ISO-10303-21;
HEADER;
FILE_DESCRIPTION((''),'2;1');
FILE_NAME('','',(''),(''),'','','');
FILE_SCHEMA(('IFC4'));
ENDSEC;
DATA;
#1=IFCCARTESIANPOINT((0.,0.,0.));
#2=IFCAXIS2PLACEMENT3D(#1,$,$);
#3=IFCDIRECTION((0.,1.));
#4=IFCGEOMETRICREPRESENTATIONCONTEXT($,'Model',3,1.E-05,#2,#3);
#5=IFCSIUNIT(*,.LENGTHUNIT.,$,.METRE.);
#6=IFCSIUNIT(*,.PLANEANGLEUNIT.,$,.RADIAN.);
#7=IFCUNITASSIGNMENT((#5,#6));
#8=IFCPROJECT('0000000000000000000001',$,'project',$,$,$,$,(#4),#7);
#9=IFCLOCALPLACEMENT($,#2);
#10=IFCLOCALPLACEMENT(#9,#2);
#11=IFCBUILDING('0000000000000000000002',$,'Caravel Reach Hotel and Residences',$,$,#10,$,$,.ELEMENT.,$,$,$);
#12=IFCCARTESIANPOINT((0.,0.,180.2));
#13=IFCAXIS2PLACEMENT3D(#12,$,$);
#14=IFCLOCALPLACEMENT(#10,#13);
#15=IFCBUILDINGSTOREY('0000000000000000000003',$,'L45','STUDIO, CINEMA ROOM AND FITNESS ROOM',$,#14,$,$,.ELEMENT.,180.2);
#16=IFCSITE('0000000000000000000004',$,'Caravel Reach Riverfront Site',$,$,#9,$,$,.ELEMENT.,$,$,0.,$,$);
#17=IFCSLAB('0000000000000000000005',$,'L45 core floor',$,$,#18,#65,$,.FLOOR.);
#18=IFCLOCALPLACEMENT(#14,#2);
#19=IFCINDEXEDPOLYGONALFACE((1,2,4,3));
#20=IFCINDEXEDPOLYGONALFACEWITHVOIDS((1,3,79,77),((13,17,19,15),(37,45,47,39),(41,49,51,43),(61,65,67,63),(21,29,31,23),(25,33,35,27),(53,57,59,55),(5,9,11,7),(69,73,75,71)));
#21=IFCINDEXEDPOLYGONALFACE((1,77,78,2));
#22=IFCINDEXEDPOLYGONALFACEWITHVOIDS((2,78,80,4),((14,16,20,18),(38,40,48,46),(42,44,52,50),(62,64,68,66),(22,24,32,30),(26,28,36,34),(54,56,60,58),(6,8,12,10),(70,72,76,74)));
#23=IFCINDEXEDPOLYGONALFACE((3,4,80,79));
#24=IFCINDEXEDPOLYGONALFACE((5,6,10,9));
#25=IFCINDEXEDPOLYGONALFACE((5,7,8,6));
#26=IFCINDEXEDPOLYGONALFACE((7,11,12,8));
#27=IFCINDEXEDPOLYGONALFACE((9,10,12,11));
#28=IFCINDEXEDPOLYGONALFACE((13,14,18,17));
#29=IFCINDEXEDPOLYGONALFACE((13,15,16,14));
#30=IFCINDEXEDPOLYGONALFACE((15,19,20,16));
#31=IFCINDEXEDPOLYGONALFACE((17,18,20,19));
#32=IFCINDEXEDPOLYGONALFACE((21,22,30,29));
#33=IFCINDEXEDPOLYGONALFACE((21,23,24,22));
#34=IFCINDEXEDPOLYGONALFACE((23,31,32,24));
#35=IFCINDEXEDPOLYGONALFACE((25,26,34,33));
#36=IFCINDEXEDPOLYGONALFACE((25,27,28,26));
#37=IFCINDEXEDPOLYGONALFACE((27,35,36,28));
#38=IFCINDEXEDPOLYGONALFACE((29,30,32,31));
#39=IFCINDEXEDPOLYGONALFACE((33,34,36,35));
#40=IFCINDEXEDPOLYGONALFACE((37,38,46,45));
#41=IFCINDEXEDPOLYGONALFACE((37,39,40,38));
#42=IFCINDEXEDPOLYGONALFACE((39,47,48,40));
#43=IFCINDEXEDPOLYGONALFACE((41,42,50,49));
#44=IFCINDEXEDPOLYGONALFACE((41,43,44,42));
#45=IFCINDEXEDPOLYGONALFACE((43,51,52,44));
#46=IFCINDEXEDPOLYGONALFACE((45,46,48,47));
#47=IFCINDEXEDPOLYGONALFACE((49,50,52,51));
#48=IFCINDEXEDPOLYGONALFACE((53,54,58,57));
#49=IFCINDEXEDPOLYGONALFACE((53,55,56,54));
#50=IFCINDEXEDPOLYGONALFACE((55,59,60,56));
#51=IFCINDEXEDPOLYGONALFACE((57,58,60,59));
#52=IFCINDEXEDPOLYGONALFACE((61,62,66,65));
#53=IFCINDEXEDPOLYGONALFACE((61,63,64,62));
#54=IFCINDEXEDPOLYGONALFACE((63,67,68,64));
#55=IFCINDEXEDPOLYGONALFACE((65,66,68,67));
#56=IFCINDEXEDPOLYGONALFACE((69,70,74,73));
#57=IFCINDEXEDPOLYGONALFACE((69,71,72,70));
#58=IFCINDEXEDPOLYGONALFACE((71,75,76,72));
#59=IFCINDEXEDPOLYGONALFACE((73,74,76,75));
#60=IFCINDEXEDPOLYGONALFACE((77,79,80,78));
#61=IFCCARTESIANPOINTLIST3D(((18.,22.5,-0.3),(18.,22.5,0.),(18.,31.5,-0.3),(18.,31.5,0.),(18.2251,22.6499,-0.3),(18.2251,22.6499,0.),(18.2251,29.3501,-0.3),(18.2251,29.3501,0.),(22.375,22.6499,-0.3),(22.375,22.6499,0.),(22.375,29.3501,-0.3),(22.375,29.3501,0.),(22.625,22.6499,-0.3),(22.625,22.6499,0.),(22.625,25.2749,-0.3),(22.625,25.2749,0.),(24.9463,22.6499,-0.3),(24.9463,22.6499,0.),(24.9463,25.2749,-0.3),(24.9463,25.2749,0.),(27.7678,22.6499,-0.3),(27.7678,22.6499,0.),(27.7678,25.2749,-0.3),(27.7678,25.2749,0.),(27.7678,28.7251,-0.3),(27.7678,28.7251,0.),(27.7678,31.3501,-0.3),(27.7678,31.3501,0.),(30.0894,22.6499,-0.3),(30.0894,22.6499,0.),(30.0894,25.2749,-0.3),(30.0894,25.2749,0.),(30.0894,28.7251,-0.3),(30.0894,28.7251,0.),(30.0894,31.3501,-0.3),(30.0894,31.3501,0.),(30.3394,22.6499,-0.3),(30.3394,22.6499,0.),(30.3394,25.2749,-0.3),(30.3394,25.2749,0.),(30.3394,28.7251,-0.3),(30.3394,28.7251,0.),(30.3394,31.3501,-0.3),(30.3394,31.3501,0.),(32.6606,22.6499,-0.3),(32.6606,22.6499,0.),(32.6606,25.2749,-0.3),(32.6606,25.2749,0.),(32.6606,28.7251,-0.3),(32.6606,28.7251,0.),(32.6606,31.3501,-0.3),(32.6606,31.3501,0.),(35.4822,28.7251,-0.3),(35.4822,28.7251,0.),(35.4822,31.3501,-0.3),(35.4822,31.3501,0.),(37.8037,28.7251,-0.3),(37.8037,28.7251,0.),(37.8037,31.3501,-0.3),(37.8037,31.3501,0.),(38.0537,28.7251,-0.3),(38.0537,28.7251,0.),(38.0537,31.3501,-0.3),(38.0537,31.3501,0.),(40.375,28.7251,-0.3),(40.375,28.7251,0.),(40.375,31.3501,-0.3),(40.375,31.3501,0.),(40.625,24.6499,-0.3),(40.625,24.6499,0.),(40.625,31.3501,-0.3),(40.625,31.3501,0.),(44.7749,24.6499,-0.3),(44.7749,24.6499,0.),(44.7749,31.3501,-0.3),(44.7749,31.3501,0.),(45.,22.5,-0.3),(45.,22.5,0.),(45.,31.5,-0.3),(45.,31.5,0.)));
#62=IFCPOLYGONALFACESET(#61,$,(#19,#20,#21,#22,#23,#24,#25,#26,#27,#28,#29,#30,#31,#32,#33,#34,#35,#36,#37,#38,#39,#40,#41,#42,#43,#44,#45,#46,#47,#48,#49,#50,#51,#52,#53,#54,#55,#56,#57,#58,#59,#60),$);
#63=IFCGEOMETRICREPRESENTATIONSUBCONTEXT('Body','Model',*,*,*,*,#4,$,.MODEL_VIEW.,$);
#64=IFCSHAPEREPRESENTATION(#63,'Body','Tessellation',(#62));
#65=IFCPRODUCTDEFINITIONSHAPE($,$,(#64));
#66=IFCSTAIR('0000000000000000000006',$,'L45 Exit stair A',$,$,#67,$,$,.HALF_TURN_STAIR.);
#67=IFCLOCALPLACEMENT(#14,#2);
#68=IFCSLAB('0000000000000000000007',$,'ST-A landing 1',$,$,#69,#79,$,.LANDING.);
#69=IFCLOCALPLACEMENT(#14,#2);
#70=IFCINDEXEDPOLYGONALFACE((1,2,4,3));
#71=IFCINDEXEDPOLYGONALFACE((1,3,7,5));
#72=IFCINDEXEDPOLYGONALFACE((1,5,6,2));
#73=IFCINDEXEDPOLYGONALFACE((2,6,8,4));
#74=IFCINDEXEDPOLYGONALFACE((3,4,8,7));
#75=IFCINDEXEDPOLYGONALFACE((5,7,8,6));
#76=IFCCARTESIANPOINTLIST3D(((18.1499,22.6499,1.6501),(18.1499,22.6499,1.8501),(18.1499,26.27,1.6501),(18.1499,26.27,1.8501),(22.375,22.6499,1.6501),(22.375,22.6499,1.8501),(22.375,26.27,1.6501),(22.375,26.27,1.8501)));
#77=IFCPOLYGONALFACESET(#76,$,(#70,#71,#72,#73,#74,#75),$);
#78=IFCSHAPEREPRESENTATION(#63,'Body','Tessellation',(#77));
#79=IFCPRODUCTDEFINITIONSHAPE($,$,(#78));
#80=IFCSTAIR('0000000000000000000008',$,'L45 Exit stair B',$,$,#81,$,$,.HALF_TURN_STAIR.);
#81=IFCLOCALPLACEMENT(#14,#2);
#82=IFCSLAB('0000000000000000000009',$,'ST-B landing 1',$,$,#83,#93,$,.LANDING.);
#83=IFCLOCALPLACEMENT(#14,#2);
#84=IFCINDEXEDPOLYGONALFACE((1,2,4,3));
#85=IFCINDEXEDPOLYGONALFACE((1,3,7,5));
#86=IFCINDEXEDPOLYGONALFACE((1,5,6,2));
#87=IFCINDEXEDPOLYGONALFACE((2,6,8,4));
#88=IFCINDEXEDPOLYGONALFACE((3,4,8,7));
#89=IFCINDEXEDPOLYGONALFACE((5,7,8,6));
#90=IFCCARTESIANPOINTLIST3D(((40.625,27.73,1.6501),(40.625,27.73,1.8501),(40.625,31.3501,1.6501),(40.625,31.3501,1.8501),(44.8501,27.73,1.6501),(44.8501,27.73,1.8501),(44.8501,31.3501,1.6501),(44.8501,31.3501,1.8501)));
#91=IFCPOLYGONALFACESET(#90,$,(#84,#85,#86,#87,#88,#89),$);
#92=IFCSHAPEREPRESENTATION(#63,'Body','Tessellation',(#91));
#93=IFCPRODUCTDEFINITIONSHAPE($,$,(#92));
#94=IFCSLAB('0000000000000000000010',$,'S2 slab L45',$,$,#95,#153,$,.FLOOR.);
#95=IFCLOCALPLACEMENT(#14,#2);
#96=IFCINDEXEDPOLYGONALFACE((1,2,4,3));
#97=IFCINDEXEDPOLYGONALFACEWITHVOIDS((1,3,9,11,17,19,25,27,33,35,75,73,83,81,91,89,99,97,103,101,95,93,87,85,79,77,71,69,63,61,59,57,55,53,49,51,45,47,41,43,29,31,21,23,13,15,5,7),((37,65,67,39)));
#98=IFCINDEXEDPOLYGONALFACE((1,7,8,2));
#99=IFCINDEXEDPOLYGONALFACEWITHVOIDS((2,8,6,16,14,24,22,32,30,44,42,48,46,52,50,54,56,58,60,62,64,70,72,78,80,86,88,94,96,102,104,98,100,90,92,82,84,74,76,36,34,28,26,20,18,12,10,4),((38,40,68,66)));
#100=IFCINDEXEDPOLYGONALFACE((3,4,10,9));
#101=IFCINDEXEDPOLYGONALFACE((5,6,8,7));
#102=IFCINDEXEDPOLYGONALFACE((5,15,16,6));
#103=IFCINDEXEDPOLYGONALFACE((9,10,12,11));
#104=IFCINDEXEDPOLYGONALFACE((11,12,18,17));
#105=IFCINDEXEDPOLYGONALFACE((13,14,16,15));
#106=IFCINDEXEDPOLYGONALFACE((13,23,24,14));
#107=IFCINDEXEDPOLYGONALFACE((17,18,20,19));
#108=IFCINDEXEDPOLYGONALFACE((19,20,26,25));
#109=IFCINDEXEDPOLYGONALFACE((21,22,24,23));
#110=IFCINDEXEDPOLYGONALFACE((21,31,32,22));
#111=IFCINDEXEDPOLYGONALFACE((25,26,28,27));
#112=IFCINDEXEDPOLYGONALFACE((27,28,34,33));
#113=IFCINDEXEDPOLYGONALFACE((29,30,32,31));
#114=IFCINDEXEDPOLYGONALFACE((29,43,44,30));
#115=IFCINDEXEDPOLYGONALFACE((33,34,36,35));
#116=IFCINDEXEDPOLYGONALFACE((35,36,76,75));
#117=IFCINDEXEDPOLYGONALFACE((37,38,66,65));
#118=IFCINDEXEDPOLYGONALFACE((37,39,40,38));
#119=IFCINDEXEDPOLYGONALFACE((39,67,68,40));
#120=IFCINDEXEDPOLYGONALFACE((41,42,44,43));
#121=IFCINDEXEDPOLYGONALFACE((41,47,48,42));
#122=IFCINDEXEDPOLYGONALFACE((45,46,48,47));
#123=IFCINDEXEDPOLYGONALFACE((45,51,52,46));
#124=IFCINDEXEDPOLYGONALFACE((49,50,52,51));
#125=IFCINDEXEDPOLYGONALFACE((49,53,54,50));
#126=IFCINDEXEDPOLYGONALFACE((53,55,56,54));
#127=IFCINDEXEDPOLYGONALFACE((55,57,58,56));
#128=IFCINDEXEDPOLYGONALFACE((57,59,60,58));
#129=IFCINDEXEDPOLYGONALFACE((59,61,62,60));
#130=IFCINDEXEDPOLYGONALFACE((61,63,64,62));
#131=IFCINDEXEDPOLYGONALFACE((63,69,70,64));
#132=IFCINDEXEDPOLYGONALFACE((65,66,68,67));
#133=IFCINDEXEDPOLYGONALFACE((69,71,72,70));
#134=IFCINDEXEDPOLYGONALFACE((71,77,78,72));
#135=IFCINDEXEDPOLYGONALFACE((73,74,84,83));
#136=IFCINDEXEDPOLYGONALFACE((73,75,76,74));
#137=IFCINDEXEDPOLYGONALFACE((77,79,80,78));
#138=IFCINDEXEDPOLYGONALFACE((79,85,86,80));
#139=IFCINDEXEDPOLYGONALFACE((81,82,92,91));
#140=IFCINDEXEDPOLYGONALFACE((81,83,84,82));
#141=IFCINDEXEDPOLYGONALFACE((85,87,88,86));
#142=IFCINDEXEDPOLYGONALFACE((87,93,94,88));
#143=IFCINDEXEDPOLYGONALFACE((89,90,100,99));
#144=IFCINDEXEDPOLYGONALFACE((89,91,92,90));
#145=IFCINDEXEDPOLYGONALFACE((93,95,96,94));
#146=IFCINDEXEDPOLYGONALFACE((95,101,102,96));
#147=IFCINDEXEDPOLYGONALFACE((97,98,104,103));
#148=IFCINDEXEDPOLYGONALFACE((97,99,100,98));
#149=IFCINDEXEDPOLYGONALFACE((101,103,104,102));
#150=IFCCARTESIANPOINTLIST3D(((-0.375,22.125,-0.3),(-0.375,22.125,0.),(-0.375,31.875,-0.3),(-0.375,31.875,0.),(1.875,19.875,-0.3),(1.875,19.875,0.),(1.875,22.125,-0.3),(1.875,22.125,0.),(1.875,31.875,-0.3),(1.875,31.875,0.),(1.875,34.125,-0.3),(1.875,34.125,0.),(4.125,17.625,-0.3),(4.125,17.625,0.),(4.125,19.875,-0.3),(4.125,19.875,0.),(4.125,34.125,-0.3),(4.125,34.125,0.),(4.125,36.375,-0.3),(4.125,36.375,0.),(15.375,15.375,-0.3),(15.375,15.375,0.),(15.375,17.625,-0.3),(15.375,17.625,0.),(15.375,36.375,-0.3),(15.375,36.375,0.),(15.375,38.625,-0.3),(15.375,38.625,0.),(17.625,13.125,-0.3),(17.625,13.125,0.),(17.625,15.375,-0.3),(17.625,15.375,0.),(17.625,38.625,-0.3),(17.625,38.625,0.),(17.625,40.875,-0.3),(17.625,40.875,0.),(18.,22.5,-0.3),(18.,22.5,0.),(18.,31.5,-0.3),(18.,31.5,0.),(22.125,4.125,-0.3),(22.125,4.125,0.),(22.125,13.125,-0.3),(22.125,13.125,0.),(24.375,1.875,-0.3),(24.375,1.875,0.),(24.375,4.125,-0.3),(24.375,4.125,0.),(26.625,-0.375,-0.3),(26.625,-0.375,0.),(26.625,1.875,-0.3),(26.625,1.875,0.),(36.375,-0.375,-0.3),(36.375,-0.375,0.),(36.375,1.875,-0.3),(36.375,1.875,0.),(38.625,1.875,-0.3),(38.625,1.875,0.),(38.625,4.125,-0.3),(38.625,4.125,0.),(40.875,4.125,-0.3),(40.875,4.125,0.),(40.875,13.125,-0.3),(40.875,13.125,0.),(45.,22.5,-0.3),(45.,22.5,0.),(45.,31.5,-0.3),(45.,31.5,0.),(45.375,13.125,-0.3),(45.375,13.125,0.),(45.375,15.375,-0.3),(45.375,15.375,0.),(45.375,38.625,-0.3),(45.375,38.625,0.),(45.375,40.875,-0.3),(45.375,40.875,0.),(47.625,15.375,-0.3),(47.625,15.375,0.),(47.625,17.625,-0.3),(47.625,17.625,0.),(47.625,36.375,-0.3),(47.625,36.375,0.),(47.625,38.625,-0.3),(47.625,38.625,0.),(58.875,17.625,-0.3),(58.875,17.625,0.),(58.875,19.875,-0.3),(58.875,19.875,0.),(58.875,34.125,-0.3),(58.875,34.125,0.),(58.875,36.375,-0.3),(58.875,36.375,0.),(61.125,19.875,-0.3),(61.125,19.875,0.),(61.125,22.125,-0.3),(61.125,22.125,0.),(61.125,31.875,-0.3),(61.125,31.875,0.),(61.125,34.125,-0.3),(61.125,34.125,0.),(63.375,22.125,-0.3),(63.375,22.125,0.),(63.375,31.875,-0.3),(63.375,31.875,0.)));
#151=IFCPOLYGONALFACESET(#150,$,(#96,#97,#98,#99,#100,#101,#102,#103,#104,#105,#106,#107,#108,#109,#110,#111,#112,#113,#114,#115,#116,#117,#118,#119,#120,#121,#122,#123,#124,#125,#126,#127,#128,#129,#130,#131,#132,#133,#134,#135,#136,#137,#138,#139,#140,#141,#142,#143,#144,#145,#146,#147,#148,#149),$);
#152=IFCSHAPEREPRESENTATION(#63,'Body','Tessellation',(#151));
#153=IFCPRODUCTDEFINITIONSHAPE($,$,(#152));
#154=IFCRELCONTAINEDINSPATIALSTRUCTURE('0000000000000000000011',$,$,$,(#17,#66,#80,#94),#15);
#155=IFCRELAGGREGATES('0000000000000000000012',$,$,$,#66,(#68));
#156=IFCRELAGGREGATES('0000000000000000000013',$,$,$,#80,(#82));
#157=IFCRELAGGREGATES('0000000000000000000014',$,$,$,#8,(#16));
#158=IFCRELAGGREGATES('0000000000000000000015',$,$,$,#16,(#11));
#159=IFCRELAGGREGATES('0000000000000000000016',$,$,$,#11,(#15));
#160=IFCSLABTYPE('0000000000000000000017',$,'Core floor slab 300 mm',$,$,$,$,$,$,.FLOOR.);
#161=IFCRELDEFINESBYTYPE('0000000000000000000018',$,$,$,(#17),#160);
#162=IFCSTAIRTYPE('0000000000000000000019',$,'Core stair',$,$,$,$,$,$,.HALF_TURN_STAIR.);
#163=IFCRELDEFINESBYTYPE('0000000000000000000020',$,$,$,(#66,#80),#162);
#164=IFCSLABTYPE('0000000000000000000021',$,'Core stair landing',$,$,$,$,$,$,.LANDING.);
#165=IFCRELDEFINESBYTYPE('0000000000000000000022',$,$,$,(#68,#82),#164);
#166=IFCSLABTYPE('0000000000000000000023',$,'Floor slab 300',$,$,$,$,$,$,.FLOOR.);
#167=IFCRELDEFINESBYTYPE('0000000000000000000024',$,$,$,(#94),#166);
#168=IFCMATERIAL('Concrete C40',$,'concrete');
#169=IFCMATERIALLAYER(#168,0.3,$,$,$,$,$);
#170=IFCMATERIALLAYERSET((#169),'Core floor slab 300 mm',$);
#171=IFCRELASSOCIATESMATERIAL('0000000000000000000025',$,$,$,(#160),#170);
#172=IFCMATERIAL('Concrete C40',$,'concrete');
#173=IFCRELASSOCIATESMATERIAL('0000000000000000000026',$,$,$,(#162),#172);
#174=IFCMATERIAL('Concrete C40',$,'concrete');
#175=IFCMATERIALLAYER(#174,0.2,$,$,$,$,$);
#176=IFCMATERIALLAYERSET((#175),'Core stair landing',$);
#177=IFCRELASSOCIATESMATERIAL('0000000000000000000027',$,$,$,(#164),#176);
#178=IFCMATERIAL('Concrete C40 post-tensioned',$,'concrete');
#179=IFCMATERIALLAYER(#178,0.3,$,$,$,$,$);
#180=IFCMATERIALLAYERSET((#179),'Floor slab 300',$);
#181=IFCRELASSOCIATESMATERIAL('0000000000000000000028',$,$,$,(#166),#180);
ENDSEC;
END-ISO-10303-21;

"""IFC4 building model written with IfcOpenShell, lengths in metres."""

from ifc_helpers import new_model, si_unit, direction, frame, origin, place, context, subcontext, project, spatial, polyline, outline, extrude, material, layer, layer_set, type_object, element, aggregate, save


model = new_model("IFC4")

# Units and contexts
model_context = context("Model", 3, precision=1e-05, world=origin(), true_north=direction((0.0, 1.0)))
body_context = subcontext(model_context, "Body", "Model", "MODEL_VIEW")
ifc_project = project(units=[si_unit("LENGTHUNIT", "METRE"), si_unit("PLANEANGLEUNIT", "RADIAN")], contexts=[model_context])

# Site, building, storey
site_placement = place(None, origin())
site = spatial("IfcSite", under=ifc_project, at=site_placement, Name="Caravel Reach Riverfront Site", CompositionType="ELEMENT", RefElevation=0.0)
building_placement = place(site_placement, origin())
building = spatial("IfcBuilding", under=site, at=building_placement, Name="Caravel Reach Hotel and Residences", CompositionType="ELEMENT")
storey_placement = place(building_placement, frame((0.0, 0.0, 180.2)))
storey = spatial("IfcBuildingStorey", under=building, at=storey_placement, Name="L45", Description="STUDIO, CINEMA ROOM AND FITNESS ROOM", CompositionType="ELEMENT", Elevation=180.2)

# Slab
ifc_material_1 = material(Name="Concrete C40", Category="concrete")
ifc_layer_1 = layer(ifc_material_1, 0.3)
ifc_layer_set_1 = layer_set([ifc_layer_1], Name="Core floor slab 300 mm")
slab_type_1 = type_object("IfcSlabType", Name="Core floor slab 300 mm", PredefinedType="FLOOR", material=ifc_layer_set_1)
slab_1_placement = place(storey_placement, frame((0.0, 0.0, -0.3)))
element("IfcSlab", 1, at=slab_1_placement, inside=storey, type_object=slab_type_1, Name="L45 core floor", PredefinedType="FLOOR", context=body_context, shape_type="SweptSolid", body=[
    extrude(outline(polyline([(18.0, 31.5), (45.0, 31.5), (45.0, 22.5), (18.0, 22.5), (18.0, 31.5)]), holes=[polyline([(22.625, 25.2749), (22.625, 22.6499), (24.9463, 22.6499), (24.9463, 25.2749), (22.625, 25.2749)]), polyline([(27.7678, 25.2749), (27.7678, 22.6499), (30.0894, 22.6499), (30.0894, 25.2749), (27.7678, 25.2749)]), polyline([(30.3394, 25.2749), (30.3394, 22.6499), (32.6606, 22.6499), (32.6606, 25.2749), (30.3394, 25.2749)]), polyline([(22.375, 22.6499), (22.375, 29.3501), (18.2251, 29.3501), (18.2251, 22.6499), (22.375, 22.6499)]), polyline([(40.625, 31.3501), (40.625, 24.6499), (44.7749, 24.6499), (44.7749, 31.3501), (40.625, 31.3501)]), polyline([(27.7678, 31.3501), (27.7678, 28.7251), (30.0894, 28.7251), (30.0894, 31.3501), (27.7678, 31.3501)]), polyline([(30.3394, 31.3501), (30.3394, 28.7251), (32.6606, 28.7251), (32.6606, 31.3501), (30.3394, 31.3501)]), polyline([(37.8037, 31.3501), (35.4822, 31.3501), (35.4822, 28.7251), (37.8037, 28.7251), (37.8037, 31.3501)]), polyline([(40.375, 31.3501), (38.0537, 31.3501), (38.0537, 28.7251), (40.375, 28.7251), (40.375, 31.3501)])]), origin(), (0.0, 0.0, 1.0), 0.3),
])

# Stairs, slabs
ifc_material_2 = material(Name="Concrete C40", Category="concrete")
stair_type = type_object("IfcStairType", Name="Core stair", PredefinedType="HALF_TURN_STAIR", material=ifc_material_2)
stair_1_placement = place(storey_placement, origin())
stair_1 = element("IfcStair", 2, at=stair_1_placement, inside=storey, type_object=stair_type, Name="L45 Exit stair A", PredefinedType="HALF_TURN_STAIR")
ifc_material_3 = material(Name="Concrete C40", Category="concrete")
ifc_layer_2 = layer(ifc_material_3, 0.2)
ifc_layer_set_2 = layer_set([ifc_layer_2], Name="Core stair landing")
slab_type_2 = type_object("IfcSlabType", Name="Core stair landing", PredefinedType="LANDING", material=ifc_layer_set_2)
slab_2_placement = place(storey_placement, frame((0.0, 0.0, 1.6501)))
slab_2 = element("IfcSlab", 3, at=slab_2_placement, type_object=slab_type_2, Name="ST-A landing 1", PredefinedType="LANDING", context=body_context, shape_type="SweptSolid", body=[
    extrude(outline(polyline([(18.1499, 26.27), (18.1499, 22.6499), (22.375, 22.6499), (22.375, 26.27), (18.1499, 26.27)])), origin(), (0.0, 0.0, 1.0), 0.2),
])
aggregate(stair_1, [slab_2])
stair_2_placement = place(storey_placement, origin())
stair_2 = element("IfcStair", 4, at=stair_2_placement, inside=storey, type_object=stair_type, Name="L45 Exit stair B", PredefinedType="HALF_TURN_STAIR")
slab_3_placement = place(storey_placement, frame((0.0, 0.0, 1.6501)))
slab_3 = element("IfcSlab", 5, at=slab_3_placement, type_object=slab_type_2, Name="ST-B landing 1", PredefinedType="LANDING", context=body_context, shape_type="SweptSolid", body=[
    extrude(outline(polyline([(44.8501, 27.73), (44.8501, 31.3501), (40.625, 31.3501), (40.625, 27.73), (44.8501, 27.73)])), origin(), (0.0, 0.0, 1.0), 0.2),
])
aggregate(stair_2, [slab_3])

# Slab
ifc_material_4 = material(Name="Concrete C40 post-tensioned", Category="concrete")
ifc_layer_3 = layer(ifc_material_4, 0.3)
ifc_layer_set_3 = layer_set([ifc_layer_3], Name="Floor slab 300")
slab_type_3 = type_object("IfcSlabType", Name="Floor slab 300", PredefinedType="FLOOR", material=ifc_layer_set_3)
slab_4_placement = place(storey_placement, frame((0.0, 0.0, -0.3)))
element("IfcSlab", 6, at=slab_4_placement, inside=storey, type_object=slab_type_3, Name="S2 slab L45", PredefinedType="FLOOR", context=body_context, shape_type="SweptSolid", body=[
    extrude(outline(polyline([(17.625, 13.125), (17.625, 15.375), (15.375, 15.375), (15.375, 17.625), (4.125, 17.625), (4.125, 19.875), (1.875, 19.875), (1.875, 22.125), (-0.375, 22.125), (-0.375, 31.875), (1.875, 31.875), (1.875, 34.125), (4.125, 34.125), (4.125, 36.375), (15.375, 36.375), (15.375, 38.625), (17.625, 38.625), (17.625, 40.875), (45.375, 40.875), (45.375, 38.625), (47.625, 38.625), (47.625, 36.375), (58.875, 36.375), (58.875, 34.125), (61.125, 34.125), (61.125, 31.875), (63.375, 31.875), (63.375, 22.125), (61.125, 22.125), (61.125, 19.875), (58.875, 19.875), (58.875, 17.625), (47.625, 17.625), (47.625, 15.375), (45.375, 15.375), (45.375, 13.125), (40.875, 13.125), (40.875, 4.125), (38.625, 4.125), (38.625, 1.875), (36.375, 1.875), (36.375, -0.375), (26.625, -0.375), (26.625, 1.875), (24.375, 1.875), (24.375, 4.125), (22.125, 4.125), (22.125, 13.125), (17.625, 13.125)]), holes=[polyline([(45.0, 31.5), (18.0, 31.5), (18.0, 22.5), (45.0, 22.5), (45.0, 31.5)])]), origin(), (0.0, 0.0, 1.0), 0.3),
])

save(model, "model.ifc")
